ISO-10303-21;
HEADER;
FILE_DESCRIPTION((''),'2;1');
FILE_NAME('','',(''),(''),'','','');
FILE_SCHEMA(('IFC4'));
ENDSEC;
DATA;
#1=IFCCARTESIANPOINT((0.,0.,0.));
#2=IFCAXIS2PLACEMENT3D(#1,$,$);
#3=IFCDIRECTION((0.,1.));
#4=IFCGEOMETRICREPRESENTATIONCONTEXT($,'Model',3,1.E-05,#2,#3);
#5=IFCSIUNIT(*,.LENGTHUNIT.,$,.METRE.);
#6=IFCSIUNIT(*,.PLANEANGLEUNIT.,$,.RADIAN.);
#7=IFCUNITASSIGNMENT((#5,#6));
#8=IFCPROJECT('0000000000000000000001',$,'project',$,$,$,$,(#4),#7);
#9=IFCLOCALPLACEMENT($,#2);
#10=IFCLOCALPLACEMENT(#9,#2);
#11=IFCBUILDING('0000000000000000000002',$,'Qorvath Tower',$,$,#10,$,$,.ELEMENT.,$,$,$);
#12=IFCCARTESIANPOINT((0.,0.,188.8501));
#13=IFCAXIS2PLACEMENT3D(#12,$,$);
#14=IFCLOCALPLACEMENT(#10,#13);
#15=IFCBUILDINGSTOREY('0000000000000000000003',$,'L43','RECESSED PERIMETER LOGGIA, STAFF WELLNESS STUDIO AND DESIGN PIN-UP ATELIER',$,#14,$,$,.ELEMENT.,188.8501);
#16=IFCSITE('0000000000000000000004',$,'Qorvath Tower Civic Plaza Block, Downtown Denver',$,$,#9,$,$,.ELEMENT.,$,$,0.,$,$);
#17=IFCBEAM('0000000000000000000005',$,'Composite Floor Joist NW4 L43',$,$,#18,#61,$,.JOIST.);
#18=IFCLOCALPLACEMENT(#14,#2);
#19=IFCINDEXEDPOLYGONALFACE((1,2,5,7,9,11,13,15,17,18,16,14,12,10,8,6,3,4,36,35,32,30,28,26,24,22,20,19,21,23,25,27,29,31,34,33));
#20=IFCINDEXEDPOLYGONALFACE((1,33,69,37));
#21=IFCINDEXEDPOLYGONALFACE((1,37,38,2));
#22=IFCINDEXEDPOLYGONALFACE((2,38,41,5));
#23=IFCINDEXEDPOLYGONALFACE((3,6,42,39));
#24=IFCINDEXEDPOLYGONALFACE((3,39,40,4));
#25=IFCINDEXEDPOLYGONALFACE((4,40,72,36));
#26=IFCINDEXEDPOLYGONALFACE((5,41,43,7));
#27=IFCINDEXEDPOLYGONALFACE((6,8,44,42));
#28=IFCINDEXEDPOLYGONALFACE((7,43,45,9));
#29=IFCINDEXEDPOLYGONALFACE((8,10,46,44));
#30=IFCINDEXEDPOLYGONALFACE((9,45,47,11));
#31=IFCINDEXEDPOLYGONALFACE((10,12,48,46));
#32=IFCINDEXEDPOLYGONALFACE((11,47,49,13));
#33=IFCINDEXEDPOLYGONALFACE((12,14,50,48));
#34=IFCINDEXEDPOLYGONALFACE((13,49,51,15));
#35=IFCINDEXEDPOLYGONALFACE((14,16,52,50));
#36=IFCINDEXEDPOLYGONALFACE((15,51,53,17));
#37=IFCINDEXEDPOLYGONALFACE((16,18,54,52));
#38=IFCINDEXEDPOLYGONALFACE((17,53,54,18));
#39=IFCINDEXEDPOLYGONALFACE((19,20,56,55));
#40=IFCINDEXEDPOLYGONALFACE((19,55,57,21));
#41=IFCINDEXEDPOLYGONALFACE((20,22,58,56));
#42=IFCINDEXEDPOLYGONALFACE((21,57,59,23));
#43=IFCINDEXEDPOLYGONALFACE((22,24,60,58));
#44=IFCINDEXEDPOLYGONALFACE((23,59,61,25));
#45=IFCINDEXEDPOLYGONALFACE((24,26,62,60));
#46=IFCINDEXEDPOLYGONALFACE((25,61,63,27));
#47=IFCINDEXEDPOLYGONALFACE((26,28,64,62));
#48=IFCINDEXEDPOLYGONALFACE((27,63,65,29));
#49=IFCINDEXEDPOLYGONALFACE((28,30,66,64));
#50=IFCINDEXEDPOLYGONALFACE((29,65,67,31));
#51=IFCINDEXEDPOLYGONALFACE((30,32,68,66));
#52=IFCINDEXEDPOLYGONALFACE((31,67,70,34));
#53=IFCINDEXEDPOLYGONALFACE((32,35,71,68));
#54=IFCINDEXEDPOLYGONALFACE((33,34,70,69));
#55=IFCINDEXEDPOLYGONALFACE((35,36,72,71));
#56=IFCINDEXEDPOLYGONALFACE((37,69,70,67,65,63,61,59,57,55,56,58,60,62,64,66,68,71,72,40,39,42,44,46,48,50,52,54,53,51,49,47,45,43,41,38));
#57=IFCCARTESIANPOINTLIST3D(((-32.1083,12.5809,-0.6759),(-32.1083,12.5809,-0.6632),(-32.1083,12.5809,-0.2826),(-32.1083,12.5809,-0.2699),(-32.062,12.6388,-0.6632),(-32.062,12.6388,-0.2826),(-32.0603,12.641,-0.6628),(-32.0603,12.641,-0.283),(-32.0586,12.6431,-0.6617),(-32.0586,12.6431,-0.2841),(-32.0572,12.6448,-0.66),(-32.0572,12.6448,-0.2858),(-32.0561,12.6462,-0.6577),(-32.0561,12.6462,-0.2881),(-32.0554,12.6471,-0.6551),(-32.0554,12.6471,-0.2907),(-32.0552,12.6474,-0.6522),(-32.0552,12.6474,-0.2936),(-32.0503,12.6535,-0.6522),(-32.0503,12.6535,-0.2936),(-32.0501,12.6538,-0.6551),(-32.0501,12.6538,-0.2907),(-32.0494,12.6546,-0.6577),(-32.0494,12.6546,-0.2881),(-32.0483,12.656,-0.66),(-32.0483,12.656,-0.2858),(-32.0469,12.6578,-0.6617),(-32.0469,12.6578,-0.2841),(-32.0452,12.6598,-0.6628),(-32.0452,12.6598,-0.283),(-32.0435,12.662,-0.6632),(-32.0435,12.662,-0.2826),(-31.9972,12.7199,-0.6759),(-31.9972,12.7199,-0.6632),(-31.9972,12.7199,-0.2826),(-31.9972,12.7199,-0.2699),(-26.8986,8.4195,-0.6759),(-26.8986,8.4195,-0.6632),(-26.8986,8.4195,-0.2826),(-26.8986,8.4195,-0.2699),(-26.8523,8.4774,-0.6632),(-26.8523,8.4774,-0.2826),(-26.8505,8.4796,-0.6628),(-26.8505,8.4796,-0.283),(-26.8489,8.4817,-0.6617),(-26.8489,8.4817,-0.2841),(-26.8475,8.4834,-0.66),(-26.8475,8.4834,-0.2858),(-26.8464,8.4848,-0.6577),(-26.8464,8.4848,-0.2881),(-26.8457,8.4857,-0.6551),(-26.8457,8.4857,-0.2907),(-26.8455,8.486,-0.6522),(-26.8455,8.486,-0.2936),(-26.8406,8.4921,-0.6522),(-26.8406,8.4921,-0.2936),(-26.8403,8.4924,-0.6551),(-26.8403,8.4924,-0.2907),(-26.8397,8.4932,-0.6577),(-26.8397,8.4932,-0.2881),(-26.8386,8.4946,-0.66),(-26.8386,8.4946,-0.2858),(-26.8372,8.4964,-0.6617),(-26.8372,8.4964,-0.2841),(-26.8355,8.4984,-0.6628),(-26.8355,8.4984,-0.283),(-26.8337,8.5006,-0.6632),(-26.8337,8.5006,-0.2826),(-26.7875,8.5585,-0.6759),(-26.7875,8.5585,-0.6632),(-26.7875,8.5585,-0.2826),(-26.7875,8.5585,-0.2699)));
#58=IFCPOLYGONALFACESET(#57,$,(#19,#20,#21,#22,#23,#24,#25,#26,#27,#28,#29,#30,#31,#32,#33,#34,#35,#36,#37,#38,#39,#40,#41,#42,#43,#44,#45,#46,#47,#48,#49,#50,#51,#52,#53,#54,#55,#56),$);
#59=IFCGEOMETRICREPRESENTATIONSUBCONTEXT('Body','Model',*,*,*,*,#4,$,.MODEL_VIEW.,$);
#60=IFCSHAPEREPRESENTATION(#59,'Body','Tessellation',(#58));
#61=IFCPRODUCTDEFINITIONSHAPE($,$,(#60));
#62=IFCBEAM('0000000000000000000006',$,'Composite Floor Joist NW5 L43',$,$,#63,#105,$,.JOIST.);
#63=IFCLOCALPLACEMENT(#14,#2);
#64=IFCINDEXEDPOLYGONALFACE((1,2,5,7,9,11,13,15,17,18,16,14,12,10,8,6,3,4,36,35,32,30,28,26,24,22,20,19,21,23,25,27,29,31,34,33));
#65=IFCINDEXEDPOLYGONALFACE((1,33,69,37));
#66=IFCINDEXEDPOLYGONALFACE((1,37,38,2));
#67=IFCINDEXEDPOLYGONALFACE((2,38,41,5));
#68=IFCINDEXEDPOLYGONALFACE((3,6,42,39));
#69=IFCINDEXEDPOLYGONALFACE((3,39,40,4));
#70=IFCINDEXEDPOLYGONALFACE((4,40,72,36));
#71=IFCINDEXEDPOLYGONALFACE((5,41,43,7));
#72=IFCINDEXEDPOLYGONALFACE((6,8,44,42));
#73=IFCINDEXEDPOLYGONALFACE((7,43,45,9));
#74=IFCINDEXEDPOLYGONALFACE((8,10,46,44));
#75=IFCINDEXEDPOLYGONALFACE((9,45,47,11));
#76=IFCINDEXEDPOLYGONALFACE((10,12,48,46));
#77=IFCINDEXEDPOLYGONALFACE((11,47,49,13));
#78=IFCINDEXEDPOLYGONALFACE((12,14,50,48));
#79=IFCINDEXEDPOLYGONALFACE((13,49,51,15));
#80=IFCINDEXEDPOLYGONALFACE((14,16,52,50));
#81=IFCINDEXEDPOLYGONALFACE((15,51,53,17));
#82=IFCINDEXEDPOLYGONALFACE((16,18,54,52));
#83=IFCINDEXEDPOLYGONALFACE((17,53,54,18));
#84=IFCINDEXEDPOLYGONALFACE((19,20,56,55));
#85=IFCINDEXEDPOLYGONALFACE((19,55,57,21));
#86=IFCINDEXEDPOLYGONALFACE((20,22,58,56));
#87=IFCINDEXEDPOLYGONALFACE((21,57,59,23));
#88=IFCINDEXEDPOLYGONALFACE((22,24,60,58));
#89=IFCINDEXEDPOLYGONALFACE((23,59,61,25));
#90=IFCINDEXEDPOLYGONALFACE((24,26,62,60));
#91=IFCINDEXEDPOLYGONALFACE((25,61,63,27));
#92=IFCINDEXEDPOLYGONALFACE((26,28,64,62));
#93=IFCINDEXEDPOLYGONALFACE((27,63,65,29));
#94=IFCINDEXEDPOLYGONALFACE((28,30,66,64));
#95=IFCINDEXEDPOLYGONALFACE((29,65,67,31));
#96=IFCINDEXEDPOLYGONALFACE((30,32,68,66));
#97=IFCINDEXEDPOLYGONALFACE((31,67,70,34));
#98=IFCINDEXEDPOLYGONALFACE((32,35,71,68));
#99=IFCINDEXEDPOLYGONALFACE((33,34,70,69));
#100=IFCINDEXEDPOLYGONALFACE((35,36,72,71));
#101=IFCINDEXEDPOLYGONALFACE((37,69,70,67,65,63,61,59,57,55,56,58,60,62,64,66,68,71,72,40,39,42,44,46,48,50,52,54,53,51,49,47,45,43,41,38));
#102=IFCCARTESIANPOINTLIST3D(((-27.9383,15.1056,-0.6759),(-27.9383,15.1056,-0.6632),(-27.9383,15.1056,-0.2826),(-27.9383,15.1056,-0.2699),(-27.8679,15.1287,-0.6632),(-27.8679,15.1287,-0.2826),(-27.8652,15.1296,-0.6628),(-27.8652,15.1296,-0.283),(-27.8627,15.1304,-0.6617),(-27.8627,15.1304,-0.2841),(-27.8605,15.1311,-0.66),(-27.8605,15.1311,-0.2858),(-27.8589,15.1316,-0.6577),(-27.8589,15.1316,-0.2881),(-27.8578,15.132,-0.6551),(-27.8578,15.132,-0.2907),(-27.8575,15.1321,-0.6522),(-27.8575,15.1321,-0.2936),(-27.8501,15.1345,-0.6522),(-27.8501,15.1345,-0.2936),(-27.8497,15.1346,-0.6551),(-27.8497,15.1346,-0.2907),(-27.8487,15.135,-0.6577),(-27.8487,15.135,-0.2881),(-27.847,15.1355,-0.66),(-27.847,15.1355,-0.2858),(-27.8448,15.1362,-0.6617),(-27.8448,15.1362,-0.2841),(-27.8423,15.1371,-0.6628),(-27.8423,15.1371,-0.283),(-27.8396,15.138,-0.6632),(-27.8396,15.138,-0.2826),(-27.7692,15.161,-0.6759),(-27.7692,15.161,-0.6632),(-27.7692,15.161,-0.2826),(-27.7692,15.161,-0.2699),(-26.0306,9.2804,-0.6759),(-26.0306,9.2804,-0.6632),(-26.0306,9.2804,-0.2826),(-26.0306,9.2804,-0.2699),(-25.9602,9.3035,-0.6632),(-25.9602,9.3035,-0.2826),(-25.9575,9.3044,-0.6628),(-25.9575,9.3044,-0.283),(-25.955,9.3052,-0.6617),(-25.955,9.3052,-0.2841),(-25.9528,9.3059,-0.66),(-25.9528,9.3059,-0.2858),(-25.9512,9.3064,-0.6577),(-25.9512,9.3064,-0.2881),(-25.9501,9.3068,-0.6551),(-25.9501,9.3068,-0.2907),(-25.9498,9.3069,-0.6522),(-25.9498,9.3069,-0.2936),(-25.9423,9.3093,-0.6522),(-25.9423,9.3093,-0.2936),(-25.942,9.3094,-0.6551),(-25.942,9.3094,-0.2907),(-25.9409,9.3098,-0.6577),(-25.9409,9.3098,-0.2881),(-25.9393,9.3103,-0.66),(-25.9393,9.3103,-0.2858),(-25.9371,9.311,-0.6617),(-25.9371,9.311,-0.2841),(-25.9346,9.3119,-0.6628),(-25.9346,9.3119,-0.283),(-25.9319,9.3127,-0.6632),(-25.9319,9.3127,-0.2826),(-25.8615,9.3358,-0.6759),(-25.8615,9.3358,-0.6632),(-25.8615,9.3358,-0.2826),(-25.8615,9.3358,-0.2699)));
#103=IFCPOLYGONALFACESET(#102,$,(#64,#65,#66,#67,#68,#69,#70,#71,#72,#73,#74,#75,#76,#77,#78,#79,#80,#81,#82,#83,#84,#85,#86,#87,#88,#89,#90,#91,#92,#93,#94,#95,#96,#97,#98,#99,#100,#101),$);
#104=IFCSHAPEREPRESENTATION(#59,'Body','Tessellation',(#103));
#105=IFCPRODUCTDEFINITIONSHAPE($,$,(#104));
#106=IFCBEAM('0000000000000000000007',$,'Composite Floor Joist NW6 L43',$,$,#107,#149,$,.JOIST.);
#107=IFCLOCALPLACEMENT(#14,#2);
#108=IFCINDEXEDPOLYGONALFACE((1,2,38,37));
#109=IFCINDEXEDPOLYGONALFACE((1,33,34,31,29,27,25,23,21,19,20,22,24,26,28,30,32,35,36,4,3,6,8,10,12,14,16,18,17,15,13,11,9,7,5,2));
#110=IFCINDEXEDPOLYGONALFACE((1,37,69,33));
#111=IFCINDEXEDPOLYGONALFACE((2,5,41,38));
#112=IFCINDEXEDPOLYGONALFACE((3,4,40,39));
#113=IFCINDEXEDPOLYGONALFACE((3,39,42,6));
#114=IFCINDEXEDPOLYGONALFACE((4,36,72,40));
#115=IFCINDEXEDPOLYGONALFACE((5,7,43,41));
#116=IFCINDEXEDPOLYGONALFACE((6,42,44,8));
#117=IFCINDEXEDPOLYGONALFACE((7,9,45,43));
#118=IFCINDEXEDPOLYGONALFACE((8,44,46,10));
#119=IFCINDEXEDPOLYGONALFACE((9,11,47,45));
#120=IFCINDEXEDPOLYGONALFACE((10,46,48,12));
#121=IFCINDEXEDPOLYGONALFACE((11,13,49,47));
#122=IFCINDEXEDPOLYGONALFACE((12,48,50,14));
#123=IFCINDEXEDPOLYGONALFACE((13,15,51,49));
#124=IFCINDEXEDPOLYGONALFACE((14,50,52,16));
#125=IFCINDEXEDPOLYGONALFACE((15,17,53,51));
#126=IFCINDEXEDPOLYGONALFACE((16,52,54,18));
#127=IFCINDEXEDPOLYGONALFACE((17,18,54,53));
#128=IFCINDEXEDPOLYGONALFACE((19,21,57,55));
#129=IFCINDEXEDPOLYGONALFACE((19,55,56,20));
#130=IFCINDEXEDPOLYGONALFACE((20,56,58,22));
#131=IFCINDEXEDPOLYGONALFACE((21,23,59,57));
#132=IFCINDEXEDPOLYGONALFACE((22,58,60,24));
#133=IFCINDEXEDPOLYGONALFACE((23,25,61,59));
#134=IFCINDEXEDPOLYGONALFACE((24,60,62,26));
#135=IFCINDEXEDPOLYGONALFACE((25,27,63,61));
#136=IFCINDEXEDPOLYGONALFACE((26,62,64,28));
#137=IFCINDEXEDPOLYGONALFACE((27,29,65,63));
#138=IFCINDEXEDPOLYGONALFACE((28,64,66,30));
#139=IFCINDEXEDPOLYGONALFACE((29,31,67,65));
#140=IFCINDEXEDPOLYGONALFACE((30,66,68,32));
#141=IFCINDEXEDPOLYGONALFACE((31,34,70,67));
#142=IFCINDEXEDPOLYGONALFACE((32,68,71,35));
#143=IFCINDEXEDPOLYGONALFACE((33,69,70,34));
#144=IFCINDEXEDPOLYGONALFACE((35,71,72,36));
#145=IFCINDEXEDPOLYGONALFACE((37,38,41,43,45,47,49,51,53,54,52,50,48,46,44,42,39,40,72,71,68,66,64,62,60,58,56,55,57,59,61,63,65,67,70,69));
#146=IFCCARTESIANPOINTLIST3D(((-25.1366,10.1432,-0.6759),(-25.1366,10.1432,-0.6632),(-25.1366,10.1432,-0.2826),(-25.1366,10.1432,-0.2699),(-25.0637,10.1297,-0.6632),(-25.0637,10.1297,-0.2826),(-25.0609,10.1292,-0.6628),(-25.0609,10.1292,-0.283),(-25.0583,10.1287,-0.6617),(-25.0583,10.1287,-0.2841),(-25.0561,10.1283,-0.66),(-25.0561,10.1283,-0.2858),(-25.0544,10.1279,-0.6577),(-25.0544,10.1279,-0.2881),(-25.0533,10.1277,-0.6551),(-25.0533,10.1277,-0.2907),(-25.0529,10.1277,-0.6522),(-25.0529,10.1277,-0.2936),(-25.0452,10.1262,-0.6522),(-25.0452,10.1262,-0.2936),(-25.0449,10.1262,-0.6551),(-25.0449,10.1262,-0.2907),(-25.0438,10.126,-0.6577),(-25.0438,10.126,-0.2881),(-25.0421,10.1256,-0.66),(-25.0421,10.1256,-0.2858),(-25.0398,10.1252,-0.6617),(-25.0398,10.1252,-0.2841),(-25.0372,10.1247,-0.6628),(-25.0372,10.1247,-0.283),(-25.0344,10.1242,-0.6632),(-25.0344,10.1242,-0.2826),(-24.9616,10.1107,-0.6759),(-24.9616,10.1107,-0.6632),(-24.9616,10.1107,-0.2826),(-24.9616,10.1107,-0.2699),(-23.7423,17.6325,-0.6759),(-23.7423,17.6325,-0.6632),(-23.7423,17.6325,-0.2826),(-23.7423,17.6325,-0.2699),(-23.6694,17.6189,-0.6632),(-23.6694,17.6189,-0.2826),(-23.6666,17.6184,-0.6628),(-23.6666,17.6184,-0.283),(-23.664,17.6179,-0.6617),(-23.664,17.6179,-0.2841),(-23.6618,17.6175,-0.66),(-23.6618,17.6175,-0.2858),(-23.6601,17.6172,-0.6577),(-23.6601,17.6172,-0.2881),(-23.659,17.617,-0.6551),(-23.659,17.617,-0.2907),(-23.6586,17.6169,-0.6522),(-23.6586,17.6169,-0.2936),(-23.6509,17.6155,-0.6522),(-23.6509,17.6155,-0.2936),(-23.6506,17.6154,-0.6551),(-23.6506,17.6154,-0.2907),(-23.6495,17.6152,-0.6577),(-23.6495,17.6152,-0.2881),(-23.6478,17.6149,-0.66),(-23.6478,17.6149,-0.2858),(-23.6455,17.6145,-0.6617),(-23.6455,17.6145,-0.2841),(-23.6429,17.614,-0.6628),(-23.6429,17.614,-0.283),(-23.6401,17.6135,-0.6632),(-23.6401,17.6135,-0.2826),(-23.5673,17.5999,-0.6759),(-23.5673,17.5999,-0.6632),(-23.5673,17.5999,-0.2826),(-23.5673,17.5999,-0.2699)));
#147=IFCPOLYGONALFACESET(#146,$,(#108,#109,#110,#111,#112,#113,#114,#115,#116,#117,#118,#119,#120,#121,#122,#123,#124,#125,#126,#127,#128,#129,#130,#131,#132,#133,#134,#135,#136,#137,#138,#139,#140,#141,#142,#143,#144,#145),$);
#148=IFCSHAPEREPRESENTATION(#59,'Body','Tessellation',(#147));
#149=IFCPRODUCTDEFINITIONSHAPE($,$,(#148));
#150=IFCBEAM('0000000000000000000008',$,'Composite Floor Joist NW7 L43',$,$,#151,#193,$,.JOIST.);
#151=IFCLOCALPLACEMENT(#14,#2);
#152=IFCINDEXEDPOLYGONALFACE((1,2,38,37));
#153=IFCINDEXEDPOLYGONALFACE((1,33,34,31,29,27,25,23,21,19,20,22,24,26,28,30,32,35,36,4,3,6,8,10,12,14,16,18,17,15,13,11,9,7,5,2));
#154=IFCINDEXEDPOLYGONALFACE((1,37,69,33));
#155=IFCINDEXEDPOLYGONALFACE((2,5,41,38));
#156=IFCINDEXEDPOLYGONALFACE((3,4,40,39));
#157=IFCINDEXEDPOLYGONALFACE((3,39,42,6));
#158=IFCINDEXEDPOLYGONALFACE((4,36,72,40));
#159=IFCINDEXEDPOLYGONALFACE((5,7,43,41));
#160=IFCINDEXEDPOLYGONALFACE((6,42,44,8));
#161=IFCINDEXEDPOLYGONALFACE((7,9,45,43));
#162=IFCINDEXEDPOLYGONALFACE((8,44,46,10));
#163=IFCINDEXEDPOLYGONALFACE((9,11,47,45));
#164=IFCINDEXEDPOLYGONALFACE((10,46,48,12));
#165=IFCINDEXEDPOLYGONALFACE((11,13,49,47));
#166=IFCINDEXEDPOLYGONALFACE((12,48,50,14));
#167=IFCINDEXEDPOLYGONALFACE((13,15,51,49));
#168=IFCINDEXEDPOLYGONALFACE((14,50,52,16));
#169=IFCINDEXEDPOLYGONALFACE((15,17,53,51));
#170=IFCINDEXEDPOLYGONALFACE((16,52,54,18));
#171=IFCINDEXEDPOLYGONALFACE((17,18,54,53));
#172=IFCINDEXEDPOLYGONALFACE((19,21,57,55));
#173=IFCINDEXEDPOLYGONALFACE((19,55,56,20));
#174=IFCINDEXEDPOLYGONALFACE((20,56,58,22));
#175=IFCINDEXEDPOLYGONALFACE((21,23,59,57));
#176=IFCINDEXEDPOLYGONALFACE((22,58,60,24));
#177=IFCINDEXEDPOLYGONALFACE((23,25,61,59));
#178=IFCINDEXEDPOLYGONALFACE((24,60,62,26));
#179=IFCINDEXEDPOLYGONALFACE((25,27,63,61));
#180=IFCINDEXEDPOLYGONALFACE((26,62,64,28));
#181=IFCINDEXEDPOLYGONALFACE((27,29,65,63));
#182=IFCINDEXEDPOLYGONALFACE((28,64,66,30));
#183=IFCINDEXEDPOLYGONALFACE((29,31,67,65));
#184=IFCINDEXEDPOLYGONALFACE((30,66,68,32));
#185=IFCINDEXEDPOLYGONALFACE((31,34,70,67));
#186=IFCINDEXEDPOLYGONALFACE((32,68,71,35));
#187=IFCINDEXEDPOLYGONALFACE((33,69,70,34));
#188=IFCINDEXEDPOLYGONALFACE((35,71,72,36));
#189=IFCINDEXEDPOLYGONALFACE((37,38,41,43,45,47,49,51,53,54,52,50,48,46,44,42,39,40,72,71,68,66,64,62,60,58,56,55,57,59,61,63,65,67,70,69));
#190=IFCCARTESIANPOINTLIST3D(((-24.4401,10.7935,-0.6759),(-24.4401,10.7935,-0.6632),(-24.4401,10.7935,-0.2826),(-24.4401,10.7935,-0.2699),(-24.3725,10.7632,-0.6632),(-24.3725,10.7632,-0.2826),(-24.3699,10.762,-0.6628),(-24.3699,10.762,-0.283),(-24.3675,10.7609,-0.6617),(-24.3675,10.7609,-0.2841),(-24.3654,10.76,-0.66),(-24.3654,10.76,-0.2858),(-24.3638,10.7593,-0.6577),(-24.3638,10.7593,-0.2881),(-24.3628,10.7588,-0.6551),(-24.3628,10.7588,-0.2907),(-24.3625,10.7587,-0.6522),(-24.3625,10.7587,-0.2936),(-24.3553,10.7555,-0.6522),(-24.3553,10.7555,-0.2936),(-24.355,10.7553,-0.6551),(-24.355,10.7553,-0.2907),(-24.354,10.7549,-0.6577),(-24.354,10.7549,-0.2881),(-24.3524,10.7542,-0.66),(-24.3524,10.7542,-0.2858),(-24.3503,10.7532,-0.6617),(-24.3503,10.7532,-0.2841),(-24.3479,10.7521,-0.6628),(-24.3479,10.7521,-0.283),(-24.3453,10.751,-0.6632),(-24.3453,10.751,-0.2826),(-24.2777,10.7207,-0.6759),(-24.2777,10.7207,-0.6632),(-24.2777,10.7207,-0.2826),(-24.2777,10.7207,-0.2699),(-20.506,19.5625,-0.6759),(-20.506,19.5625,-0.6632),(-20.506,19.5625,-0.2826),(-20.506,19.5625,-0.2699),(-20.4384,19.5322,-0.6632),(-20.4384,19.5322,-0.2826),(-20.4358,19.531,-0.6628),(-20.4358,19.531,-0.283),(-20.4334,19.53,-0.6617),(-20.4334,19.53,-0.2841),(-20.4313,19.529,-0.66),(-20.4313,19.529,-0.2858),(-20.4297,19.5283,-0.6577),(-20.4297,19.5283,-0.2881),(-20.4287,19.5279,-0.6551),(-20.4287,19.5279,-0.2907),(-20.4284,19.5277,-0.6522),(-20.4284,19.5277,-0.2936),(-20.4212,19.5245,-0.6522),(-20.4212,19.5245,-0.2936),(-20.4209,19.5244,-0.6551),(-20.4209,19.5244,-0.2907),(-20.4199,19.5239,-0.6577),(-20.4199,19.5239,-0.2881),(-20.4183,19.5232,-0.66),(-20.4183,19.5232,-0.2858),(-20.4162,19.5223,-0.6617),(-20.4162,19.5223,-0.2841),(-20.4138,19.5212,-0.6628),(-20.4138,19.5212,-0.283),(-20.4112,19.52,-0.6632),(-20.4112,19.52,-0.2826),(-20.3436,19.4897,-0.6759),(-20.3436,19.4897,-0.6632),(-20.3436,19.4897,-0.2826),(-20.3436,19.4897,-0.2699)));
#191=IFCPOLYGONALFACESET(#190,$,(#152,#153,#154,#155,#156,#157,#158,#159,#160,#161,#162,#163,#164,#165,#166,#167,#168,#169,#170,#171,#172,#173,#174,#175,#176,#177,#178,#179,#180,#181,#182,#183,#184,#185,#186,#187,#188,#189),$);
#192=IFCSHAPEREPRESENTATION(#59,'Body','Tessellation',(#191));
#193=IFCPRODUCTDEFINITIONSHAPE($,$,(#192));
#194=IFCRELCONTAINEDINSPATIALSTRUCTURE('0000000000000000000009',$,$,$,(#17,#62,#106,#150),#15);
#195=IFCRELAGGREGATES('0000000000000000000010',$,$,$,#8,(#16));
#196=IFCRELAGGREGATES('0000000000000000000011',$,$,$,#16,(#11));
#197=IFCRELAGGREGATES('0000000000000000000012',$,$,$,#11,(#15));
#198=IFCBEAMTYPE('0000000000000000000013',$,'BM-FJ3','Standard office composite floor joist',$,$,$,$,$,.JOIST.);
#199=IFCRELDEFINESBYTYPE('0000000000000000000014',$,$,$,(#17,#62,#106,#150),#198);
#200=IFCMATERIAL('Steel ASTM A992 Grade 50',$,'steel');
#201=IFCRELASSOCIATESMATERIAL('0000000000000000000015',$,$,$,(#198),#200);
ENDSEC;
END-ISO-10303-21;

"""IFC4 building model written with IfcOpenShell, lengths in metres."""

from ifc_helpers import new_model, si_unit, direction, frame, origin, origin_2d, place, context, subcontext, project, spatial, i_section, extrude, material, material_profile, profile_set, type_object, element, save


model = new_model("IFC4")

# Units and contexts
model_context = context("Model", 3, precision=1e-05, world=origin(), true_north=direction((0.0, 1.0)))
body_context = subcontext(model_context, "Body", "Model", "MODEL_VIEW")
ifc_project = project(units=[si_unit("LENGTHUNIT", "METRE"), si_unit("PLANEANGLEUNIT", "RADIAN")], contexts=[model_context])

# Site, building, storey
site_placement = place(None, origin())
site = spatial("IfcSite", under=ifc_project, at=site_placement, Name="Qorvath Tower Civic Plaza Block, Downtown Denver", CompositionType="ELEMENT", RefElevation=0.0)
building_placement = place(site_placement, origin())
building = spatial("IfcBuilding", under=site, at=building_placement, Name="Qorvath Tower", CompositionType="ELEMENT")
storey_placement = place(building_placement, frame((0.0, 0.0, 188.8501)))
storey = spatial("IfcBuildingStorey", under=building, at=storey_placement, Name="L43", Description="RECESSED PERIMETER LOGGIA, STAFF WELLNESS STUDIO AND DESIGN PIN-UP ATELIER", CompositionType="ELEMENT", Elevation=188.8501)

# Beams
ifc_material_1 = material(Name="Steel ASTM A992 Grade 50", Category="steel")
ifc_material_profile_1 = material_profile(ifc_material_1, i_section(OverallWidth=0.178, OverallDepth=0.406, WebThickness=0.0078, FlangeThickness=0.0127, FilletRadius=0.011, at=origin_2d()), Name="W16x40")
ifc_profile_set_1 = profile_set([ifc_material_profile_1], Name="Steel ASTM A992 Grade 50")
beam_type_1 = type_object("IfcBeamType", Name="BM-FJ3", Description="Standard office composite floor joist", PredefinedType="JOIST", material=ifc_profile_set_1)
beam_1_placement = place(storey_placement, frame((-26.843, 8.489, -0.4729), z_axis=(-0.781337, 0.62411, 0.0), x_axis=(-0.62411, -0.781337, 0.0)))
element("IfcBeam", 1, at=beam_1_placement, inside=storey, type_object=beam_type_1, Name="Composite Floor Joist NW4 L43", PredefinedType="JOIST", context=body_context, shape_type="SweptSolid", body=[
    extrude(i_section(OverallWidth=0.178, OverallDepth=0.406, WebThickness=0.0078, FlangeThickness=0.0127, FilletRadius=0.011, at=origin_2d()), origin(), (0.0, 0.0, 1.0), 6.6677),
])
beam_2_placement = place(storey_placement, frame((-25.946, 9.3081, -0.4729), z_axis=(-0.311229, 0.950335, 0.0), x_axis=(-0.950335, -0.311229, 0.0)))
element("IfcBeam", 2, at=beam_2_placement, inside=storey, type_object=beam_type_1, Name="Composite Floor Joist NW5 L43", PredefinedType="JOIST", context=body_context, shape_type="SweptSolid", body=[
    extrude(i_section(OverallWidth=0.178, OverallDepth=0.406, WebThickness=0.0078, FlangeThickness=0.0127, FilletRadius=0.011, at=origin_2d()), origin(), (0.0, 0.0, 1.0), 6.1296),
])
beam_3_placement = place(storey_placement, frame((-25.0491, 10.127, -0.4729), z_axis=(0.183027, 0.983108, 0.0), x_axis=(-0.983108, 0.183027, 0.0)))
element("IfcBeam", 3, at=beam_3_placement, inside=storey, type_object=beam_type_1, Name="Composite Floor Joist NW6 L43", PredefinedType="JOIST", context=body_context, shape_type="SweptSolid", body=[
    extrude(i_section(OverallWidth=0.178, OverallDepth=0.406, WebThickness=0.0078, FlangeThickness=0.0127, FilletRadius=0.011, at=origin_2d()), origin(), (0.0, 0.0, 1.0), 7.6179),
])
beam_4_placement = place(storey_placement, frame((-24.3589, 10.7571, -0.4729), z_axis=(0.409327, 0.912388, 0.0), x_axis=(-0.912388, 0.409327, 0.0)))
element("IfcBeam", 4, at=beam_4_placement, inside=storey, type_object=beam_type_1, Name="Composite Floor Joist NW7 L43", PredefinedType="JOIST", context=body_context, shape_type="SweptSolid", body=[
    extrude(i_section(OverallWidth=0.178, OverallDepth=0.406, WebThickness=0.0078, FlangeThickness=0.0127, FilletRadius=0.011, at=origin_2d()), origin(), (0.0, 0.0, 1.0), 9.6111),
])

save(model, "model.ifc")
